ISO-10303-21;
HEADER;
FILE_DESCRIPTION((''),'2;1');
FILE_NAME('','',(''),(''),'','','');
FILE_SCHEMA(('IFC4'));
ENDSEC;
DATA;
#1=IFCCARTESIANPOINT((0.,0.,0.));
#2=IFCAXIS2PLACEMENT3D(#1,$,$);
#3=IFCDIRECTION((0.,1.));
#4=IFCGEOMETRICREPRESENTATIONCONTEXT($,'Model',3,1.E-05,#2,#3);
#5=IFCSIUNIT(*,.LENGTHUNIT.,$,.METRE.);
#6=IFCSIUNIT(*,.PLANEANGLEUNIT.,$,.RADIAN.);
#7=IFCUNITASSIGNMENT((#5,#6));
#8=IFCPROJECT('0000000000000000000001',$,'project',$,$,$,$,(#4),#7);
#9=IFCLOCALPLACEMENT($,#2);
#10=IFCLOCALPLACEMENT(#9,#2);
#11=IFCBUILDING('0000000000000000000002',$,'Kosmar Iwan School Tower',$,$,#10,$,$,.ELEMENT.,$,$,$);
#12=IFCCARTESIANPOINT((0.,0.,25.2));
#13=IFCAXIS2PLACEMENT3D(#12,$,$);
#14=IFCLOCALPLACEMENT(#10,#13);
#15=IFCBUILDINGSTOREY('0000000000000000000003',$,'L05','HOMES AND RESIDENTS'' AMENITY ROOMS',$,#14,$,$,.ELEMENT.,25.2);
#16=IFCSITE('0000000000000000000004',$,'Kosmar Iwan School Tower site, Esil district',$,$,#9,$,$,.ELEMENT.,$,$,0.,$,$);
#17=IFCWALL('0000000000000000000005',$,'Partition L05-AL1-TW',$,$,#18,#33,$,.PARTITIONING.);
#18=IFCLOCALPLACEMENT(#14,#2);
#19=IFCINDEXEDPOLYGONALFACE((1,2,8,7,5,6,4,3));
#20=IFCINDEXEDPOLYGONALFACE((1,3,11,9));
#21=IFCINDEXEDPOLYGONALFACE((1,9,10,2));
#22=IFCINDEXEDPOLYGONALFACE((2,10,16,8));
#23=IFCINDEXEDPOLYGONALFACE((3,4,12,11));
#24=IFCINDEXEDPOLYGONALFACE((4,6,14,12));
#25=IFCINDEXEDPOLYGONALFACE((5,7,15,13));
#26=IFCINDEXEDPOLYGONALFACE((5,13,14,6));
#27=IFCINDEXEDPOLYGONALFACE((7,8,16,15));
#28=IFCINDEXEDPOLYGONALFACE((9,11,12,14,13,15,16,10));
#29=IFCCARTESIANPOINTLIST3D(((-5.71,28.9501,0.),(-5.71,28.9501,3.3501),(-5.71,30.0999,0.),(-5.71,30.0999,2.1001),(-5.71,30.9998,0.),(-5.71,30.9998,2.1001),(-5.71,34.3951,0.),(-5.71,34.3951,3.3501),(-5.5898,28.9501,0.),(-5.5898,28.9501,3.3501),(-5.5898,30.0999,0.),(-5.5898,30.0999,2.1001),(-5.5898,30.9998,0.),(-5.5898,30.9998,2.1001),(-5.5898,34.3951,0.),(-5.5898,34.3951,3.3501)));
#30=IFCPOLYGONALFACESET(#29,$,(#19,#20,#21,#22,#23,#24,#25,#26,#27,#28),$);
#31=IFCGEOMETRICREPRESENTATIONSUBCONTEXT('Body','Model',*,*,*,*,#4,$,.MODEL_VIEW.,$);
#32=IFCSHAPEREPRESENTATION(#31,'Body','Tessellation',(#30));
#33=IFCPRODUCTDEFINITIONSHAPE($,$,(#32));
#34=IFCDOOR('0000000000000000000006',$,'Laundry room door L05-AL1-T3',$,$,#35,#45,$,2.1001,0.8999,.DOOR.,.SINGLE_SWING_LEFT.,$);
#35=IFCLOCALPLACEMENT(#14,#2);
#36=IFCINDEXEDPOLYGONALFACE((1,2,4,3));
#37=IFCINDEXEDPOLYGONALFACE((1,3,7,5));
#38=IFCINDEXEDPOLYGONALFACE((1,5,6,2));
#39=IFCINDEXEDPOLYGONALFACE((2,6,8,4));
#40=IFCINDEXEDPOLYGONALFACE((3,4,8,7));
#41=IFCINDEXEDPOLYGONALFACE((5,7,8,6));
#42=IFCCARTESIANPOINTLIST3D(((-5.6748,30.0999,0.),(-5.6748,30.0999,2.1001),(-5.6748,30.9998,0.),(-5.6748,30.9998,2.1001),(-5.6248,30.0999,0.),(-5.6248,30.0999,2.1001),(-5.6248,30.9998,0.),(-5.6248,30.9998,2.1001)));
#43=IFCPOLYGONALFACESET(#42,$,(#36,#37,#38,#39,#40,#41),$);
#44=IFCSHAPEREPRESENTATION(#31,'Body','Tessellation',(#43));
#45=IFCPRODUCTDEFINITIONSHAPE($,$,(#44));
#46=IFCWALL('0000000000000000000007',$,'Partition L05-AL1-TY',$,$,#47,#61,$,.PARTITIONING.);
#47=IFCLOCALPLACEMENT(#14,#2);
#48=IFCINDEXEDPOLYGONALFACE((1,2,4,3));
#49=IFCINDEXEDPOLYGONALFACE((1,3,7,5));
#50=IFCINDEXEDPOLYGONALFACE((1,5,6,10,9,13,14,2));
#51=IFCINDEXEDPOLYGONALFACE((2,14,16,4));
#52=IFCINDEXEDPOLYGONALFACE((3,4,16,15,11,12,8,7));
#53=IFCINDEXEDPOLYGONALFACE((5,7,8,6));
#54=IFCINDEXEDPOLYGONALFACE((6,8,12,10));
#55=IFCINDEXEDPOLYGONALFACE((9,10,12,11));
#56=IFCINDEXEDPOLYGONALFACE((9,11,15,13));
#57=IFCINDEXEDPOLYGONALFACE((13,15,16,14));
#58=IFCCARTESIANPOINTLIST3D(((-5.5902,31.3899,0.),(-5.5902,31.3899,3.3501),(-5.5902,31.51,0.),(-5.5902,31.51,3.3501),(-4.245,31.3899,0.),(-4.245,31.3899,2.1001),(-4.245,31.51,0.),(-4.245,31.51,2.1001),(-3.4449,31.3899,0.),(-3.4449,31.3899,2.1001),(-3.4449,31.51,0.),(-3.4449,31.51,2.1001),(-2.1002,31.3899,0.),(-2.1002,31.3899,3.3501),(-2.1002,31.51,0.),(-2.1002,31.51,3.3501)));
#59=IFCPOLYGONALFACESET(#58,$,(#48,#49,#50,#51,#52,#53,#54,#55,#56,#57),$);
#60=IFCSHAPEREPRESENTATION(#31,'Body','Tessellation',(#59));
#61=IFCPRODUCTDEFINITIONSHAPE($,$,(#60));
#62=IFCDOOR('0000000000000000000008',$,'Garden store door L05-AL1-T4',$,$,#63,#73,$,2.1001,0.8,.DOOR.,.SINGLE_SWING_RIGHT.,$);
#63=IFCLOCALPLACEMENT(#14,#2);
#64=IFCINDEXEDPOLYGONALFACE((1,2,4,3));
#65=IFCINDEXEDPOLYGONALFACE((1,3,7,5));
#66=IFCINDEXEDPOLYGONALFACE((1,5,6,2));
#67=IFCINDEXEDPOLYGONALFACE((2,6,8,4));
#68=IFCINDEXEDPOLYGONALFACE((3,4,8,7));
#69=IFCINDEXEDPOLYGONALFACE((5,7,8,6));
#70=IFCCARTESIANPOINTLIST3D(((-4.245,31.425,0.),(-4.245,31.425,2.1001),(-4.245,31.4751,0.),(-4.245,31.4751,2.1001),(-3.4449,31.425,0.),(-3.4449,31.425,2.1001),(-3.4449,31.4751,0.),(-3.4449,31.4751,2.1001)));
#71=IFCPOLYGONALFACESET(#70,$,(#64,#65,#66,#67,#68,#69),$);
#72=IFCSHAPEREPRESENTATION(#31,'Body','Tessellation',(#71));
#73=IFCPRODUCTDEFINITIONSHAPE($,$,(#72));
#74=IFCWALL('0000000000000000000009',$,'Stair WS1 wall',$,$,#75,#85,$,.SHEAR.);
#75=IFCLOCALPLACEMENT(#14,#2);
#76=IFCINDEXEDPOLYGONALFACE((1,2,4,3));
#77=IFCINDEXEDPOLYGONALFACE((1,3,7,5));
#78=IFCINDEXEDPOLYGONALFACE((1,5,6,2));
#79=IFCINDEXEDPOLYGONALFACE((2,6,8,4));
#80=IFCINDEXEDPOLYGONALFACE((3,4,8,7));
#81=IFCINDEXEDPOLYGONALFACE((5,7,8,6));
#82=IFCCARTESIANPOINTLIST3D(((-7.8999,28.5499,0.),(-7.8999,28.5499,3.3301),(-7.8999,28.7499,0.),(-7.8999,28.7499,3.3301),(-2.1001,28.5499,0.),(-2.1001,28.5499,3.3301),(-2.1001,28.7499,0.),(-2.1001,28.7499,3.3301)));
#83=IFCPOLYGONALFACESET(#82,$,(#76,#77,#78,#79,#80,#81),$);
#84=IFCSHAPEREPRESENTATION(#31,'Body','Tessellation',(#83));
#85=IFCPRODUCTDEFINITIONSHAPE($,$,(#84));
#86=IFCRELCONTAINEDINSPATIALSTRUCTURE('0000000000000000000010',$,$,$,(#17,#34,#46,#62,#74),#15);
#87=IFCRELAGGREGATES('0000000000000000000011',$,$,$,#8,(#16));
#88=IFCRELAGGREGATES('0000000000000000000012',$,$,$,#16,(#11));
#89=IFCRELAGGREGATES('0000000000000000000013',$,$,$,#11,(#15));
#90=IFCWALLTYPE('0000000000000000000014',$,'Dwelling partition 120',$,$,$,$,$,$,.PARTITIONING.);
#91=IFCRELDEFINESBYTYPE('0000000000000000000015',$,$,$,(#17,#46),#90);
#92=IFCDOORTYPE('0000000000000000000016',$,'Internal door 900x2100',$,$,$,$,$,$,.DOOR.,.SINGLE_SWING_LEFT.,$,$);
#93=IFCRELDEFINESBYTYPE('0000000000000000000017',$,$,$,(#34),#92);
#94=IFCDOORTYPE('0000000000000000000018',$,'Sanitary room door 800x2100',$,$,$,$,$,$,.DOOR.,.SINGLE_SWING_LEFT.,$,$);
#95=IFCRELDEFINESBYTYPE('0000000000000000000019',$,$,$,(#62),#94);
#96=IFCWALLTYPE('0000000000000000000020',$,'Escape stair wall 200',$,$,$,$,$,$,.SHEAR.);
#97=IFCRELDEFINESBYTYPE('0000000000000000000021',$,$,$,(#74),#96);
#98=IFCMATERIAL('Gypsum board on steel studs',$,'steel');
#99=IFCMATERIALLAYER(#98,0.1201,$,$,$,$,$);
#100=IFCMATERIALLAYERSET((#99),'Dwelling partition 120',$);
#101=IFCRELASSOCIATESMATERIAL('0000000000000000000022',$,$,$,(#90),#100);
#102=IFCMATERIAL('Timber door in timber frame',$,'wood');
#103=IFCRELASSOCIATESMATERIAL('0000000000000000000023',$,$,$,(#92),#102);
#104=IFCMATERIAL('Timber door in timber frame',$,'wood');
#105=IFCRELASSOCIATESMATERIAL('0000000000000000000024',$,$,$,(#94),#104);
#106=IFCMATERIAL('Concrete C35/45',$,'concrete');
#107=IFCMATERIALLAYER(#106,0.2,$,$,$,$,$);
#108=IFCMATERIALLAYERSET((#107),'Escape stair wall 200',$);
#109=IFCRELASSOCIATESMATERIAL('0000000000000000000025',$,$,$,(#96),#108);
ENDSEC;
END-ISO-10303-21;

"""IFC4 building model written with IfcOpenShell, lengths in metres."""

from ifc_helpers import new_model, si_unit, direction, frame, frame_2d, origin, place, context, subcontext, project, spatial, rectangle, extrude, material, layer, layer_set, type_object, element, fill, save


model = new_model("IFC4")

# Units and contexts
model_context = context("Model", 3, precision=1e-05, world=origin(), true_north=direction((0.0, 1.0)))
body_context = subcontext(model_context, "Body", "Model", "MODEL_VIEW")
ifc_project = project(units=[si_unit("LENGTHUNIT", "METRE"), si_unit("PLANEANGLEUNIT", "RADIAN")], contexts=[model_context])

# Site, building, storey
site_placement = place(None, origin())
site = spatial("IfcSite", under=ifc_project, at=site_placement, Name="Kosmar Iwan School Tower site, Esil district", CompositionType="ELEMENT", RefElevation=0.0)
building_placement = place(site_placement, origin())
building = spatial("IfcBuilding", under=site, at=building_placement, Name="Kosmar Iwan School Tower", CompositionType="ELEMENT")
storey_placement = place(building_placement, frame((0.0, 0.0, 25.2)))
storey = spatial("IfcBuildingStorey", under=building, at=storey_placement, Name="L05", Description="HOMES AND RESIDENTS' AMENITY ROOMS", CompositionType="ELEMENT", Elevation=25.2)

# Walls, openings, doors
ifc_material_1 = material(Name="Gypsum board on steel studs", Category="steel")
ifc_layer_1 = layer(ifc_material_1, 0.1201)
ifc_layer_set_1 = layer_set([ifc_layer_1], Name="Dwelling partition 120")
wall_type_1 = type_object("IfcWallType", Name="Dwelling partition 120", PredefinedType="PARTITIONING", material=ifc_layer_set_1)
ifc_material_2 = material(Name="Timber door in timber frame", Category="wood")
door_type_1 = type_object("IfcDoorType", Name="Internal door 900x2100", OperationType="SINGLE_SWING_LEFT", PredefinedType="DOOR", material=ifc_material_2)
wall_1_placement = place(storey_placement, frame((-5.6499, 28.95, 0.0), z_axis=(0.0, 0.0, 1.0), x_axis=(0.0, 1.0, 0.0)))
wall_1 = element("IfcWall", 1, at=wall_1_placement, inside=storey, type_object=wall_type_1, Name="Partition L05-AL1-TW", PredefinedType="PARTITIONING", context=body_context, shape_type="SweptSolid", body=[
    extrude(rectangle(XDim=5.4451, YDim=0.1201, at=frame_2d((2.7227, 0.0))), origin(), (0.0, 0.0, 1.0), 3.3501),
])
opening_1_placement = place(wall_1_placement, frame((1.1499, 0.0, 0.0)))
opening_1 = element("IfcOpeningElement", 2, at=opening_1_placement, cuts=wall_1, PredefinedType="OPENING", context=body_context, shape_type="SweptSolid", body=[
    extrude(rectangle(XDim=0.8999, YDim=2.1001, at=frame_2d((0.45, 1.05))), frame((0.0, 0.072, 0.0), z_axis=(0.0, -1.0, 0.0), x_axis=(1.0, 0.0, 0.0)), (0.0, 0.0, 1.0), 0.144),
])
door_1_placement = place(opening_1_placement, origin())
door_1 = element("IfcDoor", 3, at=door_1_placement, inside=storey, type_object=door_type_1, Name="Laundry room door L05-AL1-T3", OperationType="SINGLE_SWING_LEFT", OverallHeight=2.1001, OverallWidth=0.8999, PredefinedType="DOOR", context=body_context, shape_type="SweptSolid", body=[
    extrude(rectangle(XDim=0.8999, YDim=2.1001, at=frame_2d((0.45, 1.05))), frame((0.0, 0.0249, 0.0), z_axis=(0.0, -1.0, 0.0), x_axis=(1.0, 0.0, 0.0)), (0.0, 0.0, 1.0), 0.05),
])
fill(opening_1, door_1)
wall_2_placement = place(storey_placement, frame((-2.1001, 31.45, 0.0), z_axis=(0.0, 0.0, 1.0), x_axis=(-1.0, 0.0, 0.0)))
wall_2 = element("IfcWall", 4, at=wall_2_placement, inside=storey, type_object=wall_type_1, Name="Partition L05-AL1-TY", PredefinedType="PARTITIONING", context=body_context, shape_type="SweptSolid", body=[
    extrude(rectangle(XDim=3.49, YDim=0.1201, at=frame_2d((1.7451, 0.0))), origin(), (0.0, 0.0, 1.0), 3.3501),
])
opening_2_placement = place(wall_2_placement, frame((1.345, 0.0, 0.0)))
opening_2 = element("IfcOpeningElement", 5, at=opening_2_placement, cuts=wall_2, PredefinedType="OPENING", context=body_context, shape_type="SweptSolid", body=[
    extrude(rectangle(XDim=0.8, YDim=2.1001, at=frame_2d((0.3999, 1.05))), frame((0.0, 0.072, 0.0), z_axis=(0.0, -1.0, 0.0), x_axis=(1.0, 0.0, 0.0)), (0.0, 0.0, 1.0), 0.144),
])
ifc_material_3 = material(Name="Timber door in timber frame", Category="wood")
door_type_2 = type_object("IfcDoorType", Name="Sanitary room door 800x2100", OperationType="SINGLE_SWING_LEFT", PredefinedType="DOOR", material=ifc_material_3)
door_2_placement = place(opening_2_placement, origin())
door_2 = element("IfcDoor", 6, at=door_2_placement, inside=storey, type_object=door_type_2, Name="Garden store door L05-AL1-T4", OperationType="SINGLE_SWING_RIGHT", OverallHeight=2.1001, OverallWidth=0.8, PredefinedType="DOOR", context=body_context, shape_type="SweptSolid", body=[
    extrude(rectangle(XDim=0.8, YDim=2.1001, at=frame_2d((0.3999, 1.05))), frame((0.0, 0.0249, 0.0), z_axis=(0.0, -1.0, 0.0), x_axis=(1.0, 0.0, 0.0)), (0.0, 0.0, 1.0), 0.05),
])
fill(opening_2, door_2)

# Wall
ifc_material_4 = material(Name="Concrete C35/45", Category="concrete")
ifc_layer_2 = layer(ifc_material_4, 0.2)
ifc_layer_set_2 = layer_set([ifc_layer_2], Name="Escape stair wall 200")
wall_type_2 = type_object("IfcWallType", Name="Escape stair wall 200", PredefinedType="SHEAR", material=ifc_layer_set_2)
wall_3_placement = place(storey_placement, frame((-2.1001, 28.6499, 0.0), z_axis=(0.0, 0.0, 1.0), x_axis=(-1.0, 0.0, 0.0)))
element("IfcWall", 7, at=wall_3_placement, inside=storey, type_object=wall_type_2, Name="Stair WS1 wall", PredefinedType="SHEAR", context=body_context, shape_type="SweptSolid", body=[
    extrude(rectangle(XDim=5.7998, YDim=0.2, at=frame_2d((2.8999, 0.0))), origin(), (0.0, 0.0, 1.0), 3.3301),
])

save(model, "model.ifc")
